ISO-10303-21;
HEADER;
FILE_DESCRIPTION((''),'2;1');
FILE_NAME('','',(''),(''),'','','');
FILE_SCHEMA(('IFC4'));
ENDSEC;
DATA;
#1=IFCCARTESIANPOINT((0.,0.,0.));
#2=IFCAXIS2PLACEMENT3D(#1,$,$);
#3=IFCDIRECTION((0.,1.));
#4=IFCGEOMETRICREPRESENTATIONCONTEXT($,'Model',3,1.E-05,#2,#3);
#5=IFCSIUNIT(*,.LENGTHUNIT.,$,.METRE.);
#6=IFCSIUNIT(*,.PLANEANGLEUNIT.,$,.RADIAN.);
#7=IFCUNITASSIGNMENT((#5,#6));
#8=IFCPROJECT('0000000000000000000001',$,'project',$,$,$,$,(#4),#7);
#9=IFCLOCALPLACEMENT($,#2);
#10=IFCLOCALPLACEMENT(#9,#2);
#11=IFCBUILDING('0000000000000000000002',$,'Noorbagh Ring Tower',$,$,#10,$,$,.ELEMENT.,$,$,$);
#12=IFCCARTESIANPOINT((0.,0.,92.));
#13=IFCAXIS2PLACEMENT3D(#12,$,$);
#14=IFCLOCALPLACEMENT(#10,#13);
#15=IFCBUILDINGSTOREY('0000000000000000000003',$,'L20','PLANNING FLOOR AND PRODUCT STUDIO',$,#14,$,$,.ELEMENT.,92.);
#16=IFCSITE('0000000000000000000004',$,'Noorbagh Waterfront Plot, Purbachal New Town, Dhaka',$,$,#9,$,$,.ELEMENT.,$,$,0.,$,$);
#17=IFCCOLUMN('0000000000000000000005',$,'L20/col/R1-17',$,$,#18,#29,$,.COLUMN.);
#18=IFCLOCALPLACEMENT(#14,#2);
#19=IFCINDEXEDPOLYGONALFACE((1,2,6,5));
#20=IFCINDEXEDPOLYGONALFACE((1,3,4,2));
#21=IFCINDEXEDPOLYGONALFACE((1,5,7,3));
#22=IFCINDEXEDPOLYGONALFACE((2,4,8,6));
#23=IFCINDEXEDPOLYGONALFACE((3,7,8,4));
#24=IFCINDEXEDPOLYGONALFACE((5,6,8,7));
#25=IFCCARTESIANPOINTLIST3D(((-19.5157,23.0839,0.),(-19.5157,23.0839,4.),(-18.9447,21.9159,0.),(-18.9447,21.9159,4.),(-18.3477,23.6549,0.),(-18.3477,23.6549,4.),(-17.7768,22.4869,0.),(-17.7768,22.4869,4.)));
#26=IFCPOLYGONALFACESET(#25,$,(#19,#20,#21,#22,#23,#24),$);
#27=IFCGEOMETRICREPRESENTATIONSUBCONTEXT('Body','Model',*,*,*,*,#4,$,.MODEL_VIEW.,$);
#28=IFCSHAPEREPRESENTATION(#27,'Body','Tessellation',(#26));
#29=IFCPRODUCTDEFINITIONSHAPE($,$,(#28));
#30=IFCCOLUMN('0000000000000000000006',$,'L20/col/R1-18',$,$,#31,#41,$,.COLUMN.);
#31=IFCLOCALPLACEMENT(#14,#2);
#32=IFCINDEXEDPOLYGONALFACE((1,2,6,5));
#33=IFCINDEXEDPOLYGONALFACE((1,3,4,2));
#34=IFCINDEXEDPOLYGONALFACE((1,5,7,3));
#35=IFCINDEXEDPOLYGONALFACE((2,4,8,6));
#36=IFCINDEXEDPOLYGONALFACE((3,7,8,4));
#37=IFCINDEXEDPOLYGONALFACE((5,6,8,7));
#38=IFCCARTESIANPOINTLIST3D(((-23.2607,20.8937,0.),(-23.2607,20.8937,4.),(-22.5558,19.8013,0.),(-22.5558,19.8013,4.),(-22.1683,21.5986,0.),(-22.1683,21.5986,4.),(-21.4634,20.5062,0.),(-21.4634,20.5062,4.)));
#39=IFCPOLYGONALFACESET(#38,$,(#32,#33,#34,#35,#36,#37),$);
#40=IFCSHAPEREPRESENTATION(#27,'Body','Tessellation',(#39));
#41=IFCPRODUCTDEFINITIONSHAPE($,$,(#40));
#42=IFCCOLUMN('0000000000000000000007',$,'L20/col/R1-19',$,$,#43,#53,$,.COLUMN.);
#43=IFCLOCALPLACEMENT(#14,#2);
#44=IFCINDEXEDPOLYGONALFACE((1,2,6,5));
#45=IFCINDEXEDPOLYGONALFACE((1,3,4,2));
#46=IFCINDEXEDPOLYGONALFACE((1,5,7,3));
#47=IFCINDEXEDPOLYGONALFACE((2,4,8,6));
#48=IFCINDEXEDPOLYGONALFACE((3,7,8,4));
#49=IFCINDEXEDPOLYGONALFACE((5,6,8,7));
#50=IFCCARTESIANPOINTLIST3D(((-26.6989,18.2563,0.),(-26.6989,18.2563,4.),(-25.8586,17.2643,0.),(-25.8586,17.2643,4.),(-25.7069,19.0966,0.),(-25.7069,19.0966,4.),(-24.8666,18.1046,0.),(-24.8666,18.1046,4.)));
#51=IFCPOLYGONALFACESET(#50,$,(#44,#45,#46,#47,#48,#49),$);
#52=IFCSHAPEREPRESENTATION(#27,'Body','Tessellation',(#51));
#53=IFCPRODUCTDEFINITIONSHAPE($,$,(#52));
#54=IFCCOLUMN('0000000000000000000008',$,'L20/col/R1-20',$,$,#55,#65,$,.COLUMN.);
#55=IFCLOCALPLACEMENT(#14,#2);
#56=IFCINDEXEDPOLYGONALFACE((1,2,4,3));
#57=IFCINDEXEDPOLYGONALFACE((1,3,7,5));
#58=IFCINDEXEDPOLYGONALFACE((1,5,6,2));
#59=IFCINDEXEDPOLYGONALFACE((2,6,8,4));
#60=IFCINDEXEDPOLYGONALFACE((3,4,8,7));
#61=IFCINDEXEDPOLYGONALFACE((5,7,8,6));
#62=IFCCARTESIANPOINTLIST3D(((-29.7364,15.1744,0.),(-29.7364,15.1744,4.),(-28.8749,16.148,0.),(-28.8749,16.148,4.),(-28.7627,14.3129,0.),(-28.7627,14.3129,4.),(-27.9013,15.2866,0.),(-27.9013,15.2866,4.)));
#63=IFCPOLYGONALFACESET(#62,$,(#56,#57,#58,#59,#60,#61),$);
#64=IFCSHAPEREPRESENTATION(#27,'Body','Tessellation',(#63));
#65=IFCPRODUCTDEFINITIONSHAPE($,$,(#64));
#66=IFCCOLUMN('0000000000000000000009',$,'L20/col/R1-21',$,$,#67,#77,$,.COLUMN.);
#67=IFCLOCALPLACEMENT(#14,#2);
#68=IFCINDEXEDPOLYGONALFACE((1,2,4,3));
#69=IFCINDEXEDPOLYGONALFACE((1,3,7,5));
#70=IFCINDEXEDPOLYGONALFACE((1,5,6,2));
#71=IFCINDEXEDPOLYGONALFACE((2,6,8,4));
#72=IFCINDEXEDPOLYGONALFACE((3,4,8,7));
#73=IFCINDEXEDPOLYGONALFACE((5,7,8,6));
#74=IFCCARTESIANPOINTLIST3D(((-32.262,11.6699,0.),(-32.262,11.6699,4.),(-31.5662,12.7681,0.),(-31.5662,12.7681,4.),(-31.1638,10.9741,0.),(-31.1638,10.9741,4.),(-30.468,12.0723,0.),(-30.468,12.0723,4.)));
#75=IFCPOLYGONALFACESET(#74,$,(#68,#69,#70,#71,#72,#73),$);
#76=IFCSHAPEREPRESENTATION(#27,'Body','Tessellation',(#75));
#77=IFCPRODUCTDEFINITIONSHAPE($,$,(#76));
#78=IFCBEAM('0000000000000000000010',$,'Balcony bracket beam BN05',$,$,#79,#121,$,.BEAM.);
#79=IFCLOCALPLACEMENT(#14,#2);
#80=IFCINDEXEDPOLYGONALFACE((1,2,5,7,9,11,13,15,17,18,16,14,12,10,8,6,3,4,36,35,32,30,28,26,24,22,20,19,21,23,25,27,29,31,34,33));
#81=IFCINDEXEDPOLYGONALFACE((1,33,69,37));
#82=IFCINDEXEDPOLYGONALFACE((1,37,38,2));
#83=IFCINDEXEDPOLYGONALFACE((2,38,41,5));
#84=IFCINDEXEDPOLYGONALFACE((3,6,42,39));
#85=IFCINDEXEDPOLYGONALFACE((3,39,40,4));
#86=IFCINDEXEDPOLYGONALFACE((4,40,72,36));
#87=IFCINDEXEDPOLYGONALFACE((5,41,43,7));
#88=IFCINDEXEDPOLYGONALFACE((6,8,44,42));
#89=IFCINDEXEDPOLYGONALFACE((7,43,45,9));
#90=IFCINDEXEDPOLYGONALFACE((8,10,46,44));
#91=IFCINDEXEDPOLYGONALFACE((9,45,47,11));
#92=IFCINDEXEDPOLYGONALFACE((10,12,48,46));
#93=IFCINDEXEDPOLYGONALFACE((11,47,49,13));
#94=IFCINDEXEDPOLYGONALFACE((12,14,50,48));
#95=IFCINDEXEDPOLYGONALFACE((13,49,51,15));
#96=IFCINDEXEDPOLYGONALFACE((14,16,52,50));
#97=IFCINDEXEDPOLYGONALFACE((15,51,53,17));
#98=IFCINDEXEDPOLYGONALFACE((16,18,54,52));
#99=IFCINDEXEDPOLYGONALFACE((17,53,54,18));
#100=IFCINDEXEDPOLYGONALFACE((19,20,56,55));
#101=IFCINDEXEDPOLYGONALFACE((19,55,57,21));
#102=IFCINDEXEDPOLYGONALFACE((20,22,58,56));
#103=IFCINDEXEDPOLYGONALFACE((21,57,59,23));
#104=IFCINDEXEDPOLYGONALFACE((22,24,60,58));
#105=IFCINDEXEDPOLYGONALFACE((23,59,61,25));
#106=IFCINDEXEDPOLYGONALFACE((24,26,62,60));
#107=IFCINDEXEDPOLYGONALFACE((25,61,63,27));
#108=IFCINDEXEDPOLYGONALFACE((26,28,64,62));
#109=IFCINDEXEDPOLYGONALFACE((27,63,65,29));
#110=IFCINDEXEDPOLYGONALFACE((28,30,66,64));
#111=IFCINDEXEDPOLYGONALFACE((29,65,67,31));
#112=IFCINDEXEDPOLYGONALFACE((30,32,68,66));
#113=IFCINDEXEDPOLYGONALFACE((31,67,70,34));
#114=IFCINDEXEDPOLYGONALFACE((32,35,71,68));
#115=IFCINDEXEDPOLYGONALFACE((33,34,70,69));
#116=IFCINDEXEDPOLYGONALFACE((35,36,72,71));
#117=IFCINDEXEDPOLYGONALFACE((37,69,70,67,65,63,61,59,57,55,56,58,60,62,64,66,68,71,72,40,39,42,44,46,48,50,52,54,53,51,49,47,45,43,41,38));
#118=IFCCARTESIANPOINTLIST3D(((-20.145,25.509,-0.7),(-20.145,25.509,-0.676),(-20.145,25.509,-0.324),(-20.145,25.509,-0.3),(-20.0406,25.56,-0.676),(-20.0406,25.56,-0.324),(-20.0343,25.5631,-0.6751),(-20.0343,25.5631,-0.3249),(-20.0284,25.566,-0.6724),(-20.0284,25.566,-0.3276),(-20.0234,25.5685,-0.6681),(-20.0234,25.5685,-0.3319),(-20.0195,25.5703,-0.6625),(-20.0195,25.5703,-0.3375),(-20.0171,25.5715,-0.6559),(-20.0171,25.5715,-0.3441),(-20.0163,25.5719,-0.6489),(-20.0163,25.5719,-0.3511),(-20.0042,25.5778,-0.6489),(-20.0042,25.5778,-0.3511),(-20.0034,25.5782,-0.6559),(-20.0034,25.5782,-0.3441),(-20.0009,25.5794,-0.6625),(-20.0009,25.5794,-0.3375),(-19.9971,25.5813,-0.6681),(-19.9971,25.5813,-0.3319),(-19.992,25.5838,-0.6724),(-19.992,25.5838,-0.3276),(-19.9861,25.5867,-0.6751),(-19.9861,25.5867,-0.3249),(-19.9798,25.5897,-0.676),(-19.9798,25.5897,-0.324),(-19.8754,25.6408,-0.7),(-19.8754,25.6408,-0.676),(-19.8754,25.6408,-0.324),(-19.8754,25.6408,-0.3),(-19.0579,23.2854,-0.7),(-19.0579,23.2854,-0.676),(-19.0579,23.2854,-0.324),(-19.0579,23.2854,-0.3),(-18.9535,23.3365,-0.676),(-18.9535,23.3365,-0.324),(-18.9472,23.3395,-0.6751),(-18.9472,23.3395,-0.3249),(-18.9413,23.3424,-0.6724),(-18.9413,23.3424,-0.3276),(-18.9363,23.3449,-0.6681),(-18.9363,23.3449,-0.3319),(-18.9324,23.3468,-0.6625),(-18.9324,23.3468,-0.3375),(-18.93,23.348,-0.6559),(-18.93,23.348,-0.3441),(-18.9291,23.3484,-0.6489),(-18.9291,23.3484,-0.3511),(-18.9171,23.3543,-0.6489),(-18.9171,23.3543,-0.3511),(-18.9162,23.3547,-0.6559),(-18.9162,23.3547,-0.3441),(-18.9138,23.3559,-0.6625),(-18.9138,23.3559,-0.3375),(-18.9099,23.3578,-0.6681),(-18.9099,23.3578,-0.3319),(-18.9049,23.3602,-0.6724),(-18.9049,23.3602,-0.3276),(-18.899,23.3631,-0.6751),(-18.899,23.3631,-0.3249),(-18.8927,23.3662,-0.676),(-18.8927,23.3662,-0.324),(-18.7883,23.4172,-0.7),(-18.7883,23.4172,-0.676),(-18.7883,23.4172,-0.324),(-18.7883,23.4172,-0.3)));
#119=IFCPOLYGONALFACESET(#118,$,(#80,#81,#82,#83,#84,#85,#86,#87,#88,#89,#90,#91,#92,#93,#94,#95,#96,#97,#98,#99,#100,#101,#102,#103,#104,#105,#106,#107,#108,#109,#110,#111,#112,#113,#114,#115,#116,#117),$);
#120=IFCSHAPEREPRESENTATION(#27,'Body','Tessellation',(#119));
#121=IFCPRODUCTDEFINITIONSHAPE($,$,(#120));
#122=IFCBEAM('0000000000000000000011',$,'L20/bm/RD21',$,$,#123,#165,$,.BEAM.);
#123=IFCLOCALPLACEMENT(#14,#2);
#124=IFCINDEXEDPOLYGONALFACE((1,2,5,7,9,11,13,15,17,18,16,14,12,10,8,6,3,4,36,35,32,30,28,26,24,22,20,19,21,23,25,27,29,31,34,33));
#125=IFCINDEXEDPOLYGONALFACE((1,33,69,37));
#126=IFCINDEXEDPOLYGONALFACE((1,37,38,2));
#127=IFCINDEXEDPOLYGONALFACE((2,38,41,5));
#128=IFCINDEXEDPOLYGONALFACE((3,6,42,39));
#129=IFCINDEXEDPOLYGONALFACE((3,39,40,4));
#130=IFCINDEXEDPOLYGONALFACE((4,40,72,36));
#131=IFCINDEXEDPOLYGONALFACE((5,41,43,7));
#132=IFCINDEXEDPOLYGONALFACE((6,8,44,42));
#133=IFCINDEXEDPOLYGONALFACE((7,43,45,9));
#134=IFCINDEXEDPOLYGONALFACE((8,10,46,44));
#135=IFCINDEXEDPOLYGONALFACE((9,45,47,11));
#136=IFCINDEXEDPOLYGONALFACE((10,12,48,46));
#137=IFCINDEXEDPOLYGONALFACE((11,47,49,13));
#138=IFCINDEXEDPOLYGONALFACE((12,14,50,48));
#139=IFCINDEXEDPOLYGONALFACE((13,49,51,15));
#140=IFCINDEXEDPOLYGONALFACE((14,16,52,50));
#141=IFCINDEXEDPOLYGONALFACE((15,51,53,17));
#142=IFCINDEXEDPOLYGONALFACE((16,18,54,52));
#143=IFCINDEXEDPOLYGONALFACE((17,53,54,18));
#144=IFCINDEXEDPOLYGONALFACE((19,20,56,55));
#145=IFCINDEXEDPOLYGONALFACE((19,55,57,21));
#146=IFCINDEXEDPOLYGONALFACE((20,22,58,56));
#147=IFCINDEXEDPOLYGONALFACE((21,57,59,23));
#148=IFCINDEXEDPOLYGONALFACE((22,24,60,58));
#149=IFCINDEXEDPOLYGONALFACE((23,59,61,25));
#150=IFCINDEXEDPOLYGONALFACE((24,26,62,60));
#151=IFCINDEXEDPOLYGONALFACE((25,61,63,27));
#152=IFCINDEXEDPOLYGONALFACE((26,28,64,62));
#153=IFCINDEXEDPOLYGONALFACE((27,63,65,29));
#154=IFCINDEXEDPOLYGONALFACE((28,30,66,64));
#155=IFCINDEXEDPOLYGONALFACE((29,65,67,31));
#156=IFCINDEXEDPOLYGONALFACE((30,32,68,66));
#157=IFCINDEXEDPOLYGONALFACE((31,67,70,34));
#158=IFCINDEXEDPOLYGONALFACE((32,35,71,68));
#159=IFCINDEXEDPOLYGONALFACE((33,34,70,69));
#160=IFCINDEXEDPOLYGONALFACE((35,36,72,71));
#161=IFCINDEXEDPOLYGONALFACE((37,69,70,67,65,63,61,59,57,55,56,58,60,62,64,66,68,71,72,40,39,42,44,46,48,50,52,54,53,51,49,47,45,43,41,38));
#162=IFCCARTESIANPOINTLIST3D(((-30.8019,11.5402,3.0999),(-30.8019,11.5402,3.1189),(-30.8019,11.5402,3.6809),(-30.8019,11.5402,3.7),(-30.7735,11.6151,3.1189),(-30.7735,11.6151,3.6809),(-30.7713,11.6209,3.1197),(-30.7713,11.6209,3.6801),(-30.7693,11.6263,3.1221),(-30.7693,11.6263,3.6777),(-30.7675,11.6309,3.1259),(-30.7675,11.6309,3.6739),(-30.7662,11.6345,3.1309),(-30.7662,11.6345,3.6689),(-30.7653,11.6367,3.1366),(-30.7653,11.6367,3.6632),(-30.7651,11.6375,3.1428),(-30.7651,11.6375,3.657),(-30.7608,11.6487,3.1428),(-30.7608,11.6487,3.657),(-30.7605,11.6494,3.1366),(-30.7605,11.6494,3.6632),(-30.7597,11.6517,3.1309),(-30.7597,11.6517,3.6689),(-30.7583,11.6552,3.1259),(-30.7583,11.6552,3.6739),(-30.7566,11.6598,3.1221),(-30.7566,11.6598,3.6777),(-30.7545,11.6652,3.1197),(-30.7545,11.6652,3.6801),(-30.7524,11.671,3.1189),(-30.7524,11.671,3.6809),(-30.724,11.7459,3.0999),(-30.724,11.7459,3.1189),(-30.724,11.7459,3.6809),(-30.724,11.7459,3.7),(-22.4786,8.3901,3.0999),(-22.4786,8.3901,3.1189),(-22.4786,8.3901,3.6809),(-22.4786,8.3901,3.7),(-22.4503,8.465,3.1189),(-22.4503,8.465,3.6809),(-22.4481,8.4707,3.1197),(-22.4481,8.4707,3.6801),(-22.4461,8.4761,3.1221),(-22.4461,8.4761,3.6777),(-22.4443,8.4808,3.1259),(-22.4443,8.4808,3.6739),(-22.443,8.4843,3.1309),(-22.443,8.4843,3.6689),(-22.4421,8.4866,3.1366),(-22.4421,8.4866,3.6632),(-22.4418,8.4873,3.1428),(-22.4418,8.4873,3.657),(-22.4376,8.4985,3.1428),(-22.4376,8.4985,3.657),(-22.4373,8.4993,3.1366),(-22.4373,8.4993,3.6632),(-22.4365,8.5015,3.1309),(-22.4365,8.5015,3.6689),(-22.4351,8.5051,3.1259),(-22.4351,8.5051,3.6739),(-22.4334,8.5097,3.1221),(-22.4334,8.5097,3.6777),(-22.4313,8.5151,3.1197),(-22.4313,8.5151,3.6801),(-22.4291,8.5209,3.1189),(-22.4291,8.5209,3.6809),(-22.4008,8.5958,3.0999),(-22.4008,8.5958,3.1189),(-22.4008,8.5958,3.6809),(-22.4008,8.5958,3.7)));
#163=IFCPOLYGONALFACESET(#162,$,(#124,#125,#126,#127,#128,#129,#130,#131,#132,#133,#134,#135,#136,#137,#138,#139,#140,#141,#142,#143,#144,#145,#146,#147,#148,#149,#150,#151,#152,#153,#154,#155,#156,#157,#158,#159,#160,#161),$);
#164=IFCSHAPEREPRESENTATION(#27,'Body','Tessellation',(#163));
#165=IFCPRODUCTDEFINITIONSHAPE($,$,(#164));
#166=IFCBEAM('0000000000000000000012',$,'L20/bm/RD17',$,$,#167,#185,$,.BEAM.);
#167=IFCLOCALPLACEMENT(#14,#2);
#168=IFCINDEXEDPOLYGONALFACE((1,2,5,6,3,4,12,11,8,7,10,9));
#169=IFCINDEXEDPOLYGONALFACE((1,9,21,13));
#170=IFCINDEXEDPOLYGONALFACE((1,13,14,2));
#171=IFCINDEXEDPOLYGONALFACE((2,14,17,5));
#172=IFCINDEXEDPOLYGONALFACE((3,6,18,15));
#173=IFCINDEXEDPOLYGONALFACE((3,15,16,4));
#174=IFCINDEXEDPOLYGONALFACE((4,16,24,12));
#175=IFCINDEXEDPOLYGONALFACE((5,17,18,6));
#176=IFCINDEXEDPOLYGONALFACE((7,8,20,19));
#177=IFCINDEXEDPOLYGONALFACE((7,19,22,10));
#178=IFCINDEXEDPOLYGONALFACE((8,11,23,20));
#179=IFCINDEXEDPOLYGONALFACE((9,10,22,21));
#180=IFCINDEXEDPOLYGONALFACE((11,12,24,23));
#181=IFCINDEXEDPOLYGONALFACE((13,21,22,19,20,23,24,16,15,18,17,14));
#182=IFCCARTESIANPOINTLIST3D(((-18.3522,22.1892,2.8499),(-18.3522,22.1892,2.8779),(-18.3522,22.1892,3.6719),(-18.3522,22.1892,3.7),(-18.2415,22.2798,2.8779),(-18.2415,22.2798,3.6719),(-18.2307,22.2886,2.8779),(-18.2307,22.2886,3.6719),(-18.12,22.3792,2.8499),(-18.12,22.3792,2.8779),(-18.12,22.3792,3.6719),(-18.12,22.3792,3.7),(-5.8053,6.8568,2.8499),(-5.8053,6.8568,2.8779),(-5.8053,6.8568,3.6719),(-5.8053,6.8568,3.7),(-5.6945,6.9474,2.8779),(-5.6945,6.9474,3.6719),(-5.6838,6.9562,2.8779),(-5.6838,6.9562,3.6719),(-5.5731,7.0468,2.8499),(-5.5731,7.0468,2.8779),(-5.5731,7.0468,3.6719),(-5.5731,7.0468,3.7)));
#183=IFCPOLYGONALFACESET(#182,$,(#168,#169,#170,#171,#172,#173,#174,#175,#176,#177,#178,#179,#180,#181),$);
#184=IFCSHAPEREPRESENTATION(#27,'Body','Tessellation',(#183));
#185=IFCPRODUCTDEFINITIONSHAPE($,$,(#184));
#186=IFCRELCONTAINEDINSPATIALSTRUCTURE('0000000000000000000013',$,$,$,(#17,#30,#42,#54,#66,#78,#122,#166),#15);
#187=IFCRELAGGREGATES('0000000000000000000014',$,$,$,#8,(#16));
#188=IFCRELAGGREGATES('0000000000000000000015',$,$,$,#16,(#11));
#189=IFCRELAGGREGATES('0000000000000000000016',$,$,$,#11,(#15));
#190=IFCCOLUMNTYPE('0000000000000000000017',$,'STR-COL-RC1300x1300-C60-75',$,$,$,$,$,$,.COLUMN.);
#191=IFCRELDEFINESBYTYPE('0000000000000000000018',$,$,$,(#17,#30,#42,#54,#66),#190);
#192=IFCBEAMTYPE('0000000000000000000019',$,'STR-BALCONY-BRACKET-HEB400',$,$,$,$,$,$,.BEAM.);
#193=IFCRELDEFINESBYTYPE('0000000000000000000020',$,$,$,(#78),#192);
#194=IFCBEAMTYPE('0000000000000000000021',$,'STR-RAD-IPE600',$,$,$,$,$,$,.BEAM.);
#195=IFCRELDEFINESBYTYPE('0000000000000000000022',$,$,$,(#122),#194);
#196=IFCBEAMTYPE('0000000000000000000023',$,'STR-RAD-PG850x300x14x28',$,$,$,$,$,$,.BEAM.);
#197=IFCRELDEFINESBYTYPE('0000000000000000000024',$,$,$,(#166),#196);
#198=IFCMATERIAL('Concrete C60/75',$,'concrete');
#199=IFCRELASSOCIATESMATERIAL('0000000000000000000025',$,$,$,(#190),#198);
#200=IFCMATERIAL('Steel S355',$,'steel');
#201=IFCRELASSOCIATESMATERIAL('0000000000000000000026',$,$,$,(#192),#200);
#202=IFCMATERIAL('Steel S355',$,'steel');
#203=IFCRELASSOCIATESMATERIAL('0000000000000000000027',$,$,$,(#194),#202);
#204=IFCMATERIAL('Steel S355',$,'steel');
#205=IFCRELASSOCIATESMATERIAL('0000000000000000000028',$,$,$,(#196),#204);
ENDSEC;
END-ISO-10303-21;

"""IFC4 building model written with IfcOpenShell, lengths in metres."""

from ifc_helpers import new_model, si_unit, direction, frame, origin, origin_2d, place, context, subcontext, project, spatial, rectangle, i_section, extrude, material, material_profile, profile_set, type_object, element, save


model = new_model("IFC4")

# Units and contexts
model_context = context("Model", 3, precision=1e-05, world=origin(), true_north=direction((0.0, 1.0)))
body_context = subcontext(model_context, "Body", "Model", "MODEL_VIEW")
ifc_project = project(units=[si_unit("LENGTHUNIT", "METRE"), si_unit("PLANEANGLEUNIT", "RADIAN")], contexts=[model_context])

# Site, building, storey
site_placement = place(None, origin())
site = spatial("IfcSite", under=ifc_project, at=site_placement, Name="Noorbagh Waterfront Plot, Purbachal New Town, Dhaka", CompositionType="ELEMENT", RefElevation=0.0)
building_placement = place(site_placement, origin())
building = spatial("IfcBuilding", under=site, at=building_placement, Name="Noorbagh Ring Tower", CompositionType="ELEMENT")
storey_placement = place(building_placement, frame((0.0, 0.0, 92.0)))
storey = spatial("IfcBuildingStorey", under=building, at=storey_placement, Name="L20", Description="PLANNING FLOOR AND PRODUCT STUDIO", CompositionType="ELEMENT", Elevation=92.0)

# Columns
ifc_material_1 = material(Name="Concrete C60/75", Category="concrete")
ifc_material_profile_1 = material_profile(ifc_material_1, rectangle(XDim=1.3, YDim=1.3, at=origin_2d()), Name="RC1300x1300")
ifc_profile_set_1 = profile_set([ifc_material_profile_1], Name="Concrete C60/75")
column_type = type_object("IfcColumnType", Name="STR-COL-RC1300x1300-C60-75", PredefinedType="COLUMN", material=ifc_profile_set_1)
for number, where, z_axis, x_axis, name in (
    (1, (-18.6462, 22.7854, 0.0), (0.0, 0.0, 1.0), (-0.898399, -0.43918, 0.0), "L20/col/R1-17"),
    (2, (-22.3621, 20.7, 0.0), (0.0, 0.0, 1.0), (-0.840248, -0.542203, 0.0), "L20/col/R1-18"),
    (3, (-25.7827, 18.1804, 0.0), (0.0, 0.0, 1.0), (-0.763035, -0.646357, 0.0), "L20/col/R1-19"),
    (4, (-28.8188, 15.2305, 0.0), (0.0, 0.0, 1.0), (-0.662636, -0.748942, 0.0), "L20/col/R1-20"),
    (5, (-31.365, 11.8711, 0.0), (0.0, 0.0, 1.0), (-0.53519, -0.844731, 0.0), "L20/col/R1-21"),
):
    element("IfcColumn", number, at=place(storey_placement, frame(where, z_axis=z_axis, x_axis=x_axis)), inside=storey, type_object=column_type, Name=name, PredefinedType="COLUMN", context=body_context, shape_type="SweptSolid", body=[
        extrude(rectangle(XDim=1.3, YDim=1.3, at=origin_2d()), origin(), (0.0, 0.0, 1.0), 4.0),
    ])

# Beams
ifc_material_2 = material(Name="Steel S355", Category="steel")
ifc_material_profile_2 = material_profile(ifc_material_2, i_section(OverallWidth=0.3, OverallDepth=0.3999, WebThickness=0.0134, FlangeThickness=0.0239, FilletRadius=0.0271, at=origin_2d()), Name="HEB400")
ifc_profile_set_2 = profile_set([ifc_material_profile_2], Name="Steel S355")
beam_type_1 = type_object("IfcBeamType", Name="STR-BALCONY-BRACKET-HEB400", PredefinedType="BEAM", material=ifc_profile_set_2)
beam_1_placement = place(storey_placement, frame((-18.9231, 23.3513, -0.5), z_axis=(-0.439226, 0.898377, 0.0), x_axis=(-0.898377, -0.439226, 0.0)))
element("IfcBeam", 6, at=beam_1_placement, inside=storey, type_object=beam_type_1, Name="Balcony bracket beam BN05", PredefinedType="BEAM", context=body_context, shape_type="SweptSolid", body=[
    extrude(i_section(OverallWidth=0.3, OverallDepth=0.3999, WebThickness=0.0134, FlangeThickness=0.0239, FilletRadius=0.0271, at=origin_2d()), origin(), (0.0, 0.0, 1.0), 2.4751),
])
ifc_material_3 = material(Name="Steel S355", Category="steel")
ifc_material_profile_3 = material_profile(ifc_material_3, i_section(OverallWidth=0.22, OverallDepth=0.6001, WebThickness=0.012, FlangeThickness=0.019, FilletRadius=0.0239, at=origin_2d()), Name="IPE600")
ifc_profile_set_3 = profile_set([ifc_material_profile_3], Name="Steel S355")
beam_type_2 = type_object("IfcBeamType", Name="STR-RAD-IPE600", PredefinedType="BEAM", material=ifc_profile_set_3)
beam_2_placement = place(storey_placement, frame((-30.7629, 11.6431, 3.3999), z_axis=(0.935256, -0.353972, 0.0), x_axis=(0.353972, 0.935256, 0.0)))
element("IfcBeam", 7, at=beam_2_placement, inside=storey, type_object=beam_type_2, Name="L20/bm/RD21", PredefinedType="BEAM", context=body_context, shape_type="SweptSolid", body=[
    extrude(i_section(OverallWidth=0.22, OverallDepth=0.6001, WebThickness=0.012, FlangeThickness=0.019, FilletRadius=0.0239, at=origin_2d()), origin(), (0.0, 0.0, 1.0), 8.8994),
])
ifc_material_4 = material(Name="Steel S355", Category="steel")
ifc_material_profile_4 = material_profile(ifc_material_4, i_section(OverallWidth=0.3, OverallDepth=0.8501, WebThickness=0.0139, FlangeThickness=0.0281, at=origin_2d()), Name="PG850x300x14x28")
ifc_profile_set_4 = profile_set([ifc_material_profile_4], Name="Steel S355")
beam_type_3 = type_object("IfcBeamType", Name="STR-RAD-PG850x300x14x28", PredefinedType="BEAM", material=ifc_profile_set_4)
beam_3_placement = place(storey_placement, frame((-18.2361, 22.2842, 3.2749), z_axis=(0.633307, -0.773901, 0.0), x_axis=(0.773901, 0.633307, 0.0)))
element("IfcBeam", 8, at=beam_3_placement, inside=storey, type_object=beam_type_3, Name="L20/bm/RD17", PredefinedType="BEAM", context=body_context, shape_type="SweptSolid", body=[
    extrude(i_section(OverallWidth=0.3, OverallDepth=0.8501, WebThickness=0.0139, FlangeThickness=0.0281, at=origin_2d()), origin(), (0.0, 0.0, 1.0), 19.8118),
])

save(model, "model.ifc")
